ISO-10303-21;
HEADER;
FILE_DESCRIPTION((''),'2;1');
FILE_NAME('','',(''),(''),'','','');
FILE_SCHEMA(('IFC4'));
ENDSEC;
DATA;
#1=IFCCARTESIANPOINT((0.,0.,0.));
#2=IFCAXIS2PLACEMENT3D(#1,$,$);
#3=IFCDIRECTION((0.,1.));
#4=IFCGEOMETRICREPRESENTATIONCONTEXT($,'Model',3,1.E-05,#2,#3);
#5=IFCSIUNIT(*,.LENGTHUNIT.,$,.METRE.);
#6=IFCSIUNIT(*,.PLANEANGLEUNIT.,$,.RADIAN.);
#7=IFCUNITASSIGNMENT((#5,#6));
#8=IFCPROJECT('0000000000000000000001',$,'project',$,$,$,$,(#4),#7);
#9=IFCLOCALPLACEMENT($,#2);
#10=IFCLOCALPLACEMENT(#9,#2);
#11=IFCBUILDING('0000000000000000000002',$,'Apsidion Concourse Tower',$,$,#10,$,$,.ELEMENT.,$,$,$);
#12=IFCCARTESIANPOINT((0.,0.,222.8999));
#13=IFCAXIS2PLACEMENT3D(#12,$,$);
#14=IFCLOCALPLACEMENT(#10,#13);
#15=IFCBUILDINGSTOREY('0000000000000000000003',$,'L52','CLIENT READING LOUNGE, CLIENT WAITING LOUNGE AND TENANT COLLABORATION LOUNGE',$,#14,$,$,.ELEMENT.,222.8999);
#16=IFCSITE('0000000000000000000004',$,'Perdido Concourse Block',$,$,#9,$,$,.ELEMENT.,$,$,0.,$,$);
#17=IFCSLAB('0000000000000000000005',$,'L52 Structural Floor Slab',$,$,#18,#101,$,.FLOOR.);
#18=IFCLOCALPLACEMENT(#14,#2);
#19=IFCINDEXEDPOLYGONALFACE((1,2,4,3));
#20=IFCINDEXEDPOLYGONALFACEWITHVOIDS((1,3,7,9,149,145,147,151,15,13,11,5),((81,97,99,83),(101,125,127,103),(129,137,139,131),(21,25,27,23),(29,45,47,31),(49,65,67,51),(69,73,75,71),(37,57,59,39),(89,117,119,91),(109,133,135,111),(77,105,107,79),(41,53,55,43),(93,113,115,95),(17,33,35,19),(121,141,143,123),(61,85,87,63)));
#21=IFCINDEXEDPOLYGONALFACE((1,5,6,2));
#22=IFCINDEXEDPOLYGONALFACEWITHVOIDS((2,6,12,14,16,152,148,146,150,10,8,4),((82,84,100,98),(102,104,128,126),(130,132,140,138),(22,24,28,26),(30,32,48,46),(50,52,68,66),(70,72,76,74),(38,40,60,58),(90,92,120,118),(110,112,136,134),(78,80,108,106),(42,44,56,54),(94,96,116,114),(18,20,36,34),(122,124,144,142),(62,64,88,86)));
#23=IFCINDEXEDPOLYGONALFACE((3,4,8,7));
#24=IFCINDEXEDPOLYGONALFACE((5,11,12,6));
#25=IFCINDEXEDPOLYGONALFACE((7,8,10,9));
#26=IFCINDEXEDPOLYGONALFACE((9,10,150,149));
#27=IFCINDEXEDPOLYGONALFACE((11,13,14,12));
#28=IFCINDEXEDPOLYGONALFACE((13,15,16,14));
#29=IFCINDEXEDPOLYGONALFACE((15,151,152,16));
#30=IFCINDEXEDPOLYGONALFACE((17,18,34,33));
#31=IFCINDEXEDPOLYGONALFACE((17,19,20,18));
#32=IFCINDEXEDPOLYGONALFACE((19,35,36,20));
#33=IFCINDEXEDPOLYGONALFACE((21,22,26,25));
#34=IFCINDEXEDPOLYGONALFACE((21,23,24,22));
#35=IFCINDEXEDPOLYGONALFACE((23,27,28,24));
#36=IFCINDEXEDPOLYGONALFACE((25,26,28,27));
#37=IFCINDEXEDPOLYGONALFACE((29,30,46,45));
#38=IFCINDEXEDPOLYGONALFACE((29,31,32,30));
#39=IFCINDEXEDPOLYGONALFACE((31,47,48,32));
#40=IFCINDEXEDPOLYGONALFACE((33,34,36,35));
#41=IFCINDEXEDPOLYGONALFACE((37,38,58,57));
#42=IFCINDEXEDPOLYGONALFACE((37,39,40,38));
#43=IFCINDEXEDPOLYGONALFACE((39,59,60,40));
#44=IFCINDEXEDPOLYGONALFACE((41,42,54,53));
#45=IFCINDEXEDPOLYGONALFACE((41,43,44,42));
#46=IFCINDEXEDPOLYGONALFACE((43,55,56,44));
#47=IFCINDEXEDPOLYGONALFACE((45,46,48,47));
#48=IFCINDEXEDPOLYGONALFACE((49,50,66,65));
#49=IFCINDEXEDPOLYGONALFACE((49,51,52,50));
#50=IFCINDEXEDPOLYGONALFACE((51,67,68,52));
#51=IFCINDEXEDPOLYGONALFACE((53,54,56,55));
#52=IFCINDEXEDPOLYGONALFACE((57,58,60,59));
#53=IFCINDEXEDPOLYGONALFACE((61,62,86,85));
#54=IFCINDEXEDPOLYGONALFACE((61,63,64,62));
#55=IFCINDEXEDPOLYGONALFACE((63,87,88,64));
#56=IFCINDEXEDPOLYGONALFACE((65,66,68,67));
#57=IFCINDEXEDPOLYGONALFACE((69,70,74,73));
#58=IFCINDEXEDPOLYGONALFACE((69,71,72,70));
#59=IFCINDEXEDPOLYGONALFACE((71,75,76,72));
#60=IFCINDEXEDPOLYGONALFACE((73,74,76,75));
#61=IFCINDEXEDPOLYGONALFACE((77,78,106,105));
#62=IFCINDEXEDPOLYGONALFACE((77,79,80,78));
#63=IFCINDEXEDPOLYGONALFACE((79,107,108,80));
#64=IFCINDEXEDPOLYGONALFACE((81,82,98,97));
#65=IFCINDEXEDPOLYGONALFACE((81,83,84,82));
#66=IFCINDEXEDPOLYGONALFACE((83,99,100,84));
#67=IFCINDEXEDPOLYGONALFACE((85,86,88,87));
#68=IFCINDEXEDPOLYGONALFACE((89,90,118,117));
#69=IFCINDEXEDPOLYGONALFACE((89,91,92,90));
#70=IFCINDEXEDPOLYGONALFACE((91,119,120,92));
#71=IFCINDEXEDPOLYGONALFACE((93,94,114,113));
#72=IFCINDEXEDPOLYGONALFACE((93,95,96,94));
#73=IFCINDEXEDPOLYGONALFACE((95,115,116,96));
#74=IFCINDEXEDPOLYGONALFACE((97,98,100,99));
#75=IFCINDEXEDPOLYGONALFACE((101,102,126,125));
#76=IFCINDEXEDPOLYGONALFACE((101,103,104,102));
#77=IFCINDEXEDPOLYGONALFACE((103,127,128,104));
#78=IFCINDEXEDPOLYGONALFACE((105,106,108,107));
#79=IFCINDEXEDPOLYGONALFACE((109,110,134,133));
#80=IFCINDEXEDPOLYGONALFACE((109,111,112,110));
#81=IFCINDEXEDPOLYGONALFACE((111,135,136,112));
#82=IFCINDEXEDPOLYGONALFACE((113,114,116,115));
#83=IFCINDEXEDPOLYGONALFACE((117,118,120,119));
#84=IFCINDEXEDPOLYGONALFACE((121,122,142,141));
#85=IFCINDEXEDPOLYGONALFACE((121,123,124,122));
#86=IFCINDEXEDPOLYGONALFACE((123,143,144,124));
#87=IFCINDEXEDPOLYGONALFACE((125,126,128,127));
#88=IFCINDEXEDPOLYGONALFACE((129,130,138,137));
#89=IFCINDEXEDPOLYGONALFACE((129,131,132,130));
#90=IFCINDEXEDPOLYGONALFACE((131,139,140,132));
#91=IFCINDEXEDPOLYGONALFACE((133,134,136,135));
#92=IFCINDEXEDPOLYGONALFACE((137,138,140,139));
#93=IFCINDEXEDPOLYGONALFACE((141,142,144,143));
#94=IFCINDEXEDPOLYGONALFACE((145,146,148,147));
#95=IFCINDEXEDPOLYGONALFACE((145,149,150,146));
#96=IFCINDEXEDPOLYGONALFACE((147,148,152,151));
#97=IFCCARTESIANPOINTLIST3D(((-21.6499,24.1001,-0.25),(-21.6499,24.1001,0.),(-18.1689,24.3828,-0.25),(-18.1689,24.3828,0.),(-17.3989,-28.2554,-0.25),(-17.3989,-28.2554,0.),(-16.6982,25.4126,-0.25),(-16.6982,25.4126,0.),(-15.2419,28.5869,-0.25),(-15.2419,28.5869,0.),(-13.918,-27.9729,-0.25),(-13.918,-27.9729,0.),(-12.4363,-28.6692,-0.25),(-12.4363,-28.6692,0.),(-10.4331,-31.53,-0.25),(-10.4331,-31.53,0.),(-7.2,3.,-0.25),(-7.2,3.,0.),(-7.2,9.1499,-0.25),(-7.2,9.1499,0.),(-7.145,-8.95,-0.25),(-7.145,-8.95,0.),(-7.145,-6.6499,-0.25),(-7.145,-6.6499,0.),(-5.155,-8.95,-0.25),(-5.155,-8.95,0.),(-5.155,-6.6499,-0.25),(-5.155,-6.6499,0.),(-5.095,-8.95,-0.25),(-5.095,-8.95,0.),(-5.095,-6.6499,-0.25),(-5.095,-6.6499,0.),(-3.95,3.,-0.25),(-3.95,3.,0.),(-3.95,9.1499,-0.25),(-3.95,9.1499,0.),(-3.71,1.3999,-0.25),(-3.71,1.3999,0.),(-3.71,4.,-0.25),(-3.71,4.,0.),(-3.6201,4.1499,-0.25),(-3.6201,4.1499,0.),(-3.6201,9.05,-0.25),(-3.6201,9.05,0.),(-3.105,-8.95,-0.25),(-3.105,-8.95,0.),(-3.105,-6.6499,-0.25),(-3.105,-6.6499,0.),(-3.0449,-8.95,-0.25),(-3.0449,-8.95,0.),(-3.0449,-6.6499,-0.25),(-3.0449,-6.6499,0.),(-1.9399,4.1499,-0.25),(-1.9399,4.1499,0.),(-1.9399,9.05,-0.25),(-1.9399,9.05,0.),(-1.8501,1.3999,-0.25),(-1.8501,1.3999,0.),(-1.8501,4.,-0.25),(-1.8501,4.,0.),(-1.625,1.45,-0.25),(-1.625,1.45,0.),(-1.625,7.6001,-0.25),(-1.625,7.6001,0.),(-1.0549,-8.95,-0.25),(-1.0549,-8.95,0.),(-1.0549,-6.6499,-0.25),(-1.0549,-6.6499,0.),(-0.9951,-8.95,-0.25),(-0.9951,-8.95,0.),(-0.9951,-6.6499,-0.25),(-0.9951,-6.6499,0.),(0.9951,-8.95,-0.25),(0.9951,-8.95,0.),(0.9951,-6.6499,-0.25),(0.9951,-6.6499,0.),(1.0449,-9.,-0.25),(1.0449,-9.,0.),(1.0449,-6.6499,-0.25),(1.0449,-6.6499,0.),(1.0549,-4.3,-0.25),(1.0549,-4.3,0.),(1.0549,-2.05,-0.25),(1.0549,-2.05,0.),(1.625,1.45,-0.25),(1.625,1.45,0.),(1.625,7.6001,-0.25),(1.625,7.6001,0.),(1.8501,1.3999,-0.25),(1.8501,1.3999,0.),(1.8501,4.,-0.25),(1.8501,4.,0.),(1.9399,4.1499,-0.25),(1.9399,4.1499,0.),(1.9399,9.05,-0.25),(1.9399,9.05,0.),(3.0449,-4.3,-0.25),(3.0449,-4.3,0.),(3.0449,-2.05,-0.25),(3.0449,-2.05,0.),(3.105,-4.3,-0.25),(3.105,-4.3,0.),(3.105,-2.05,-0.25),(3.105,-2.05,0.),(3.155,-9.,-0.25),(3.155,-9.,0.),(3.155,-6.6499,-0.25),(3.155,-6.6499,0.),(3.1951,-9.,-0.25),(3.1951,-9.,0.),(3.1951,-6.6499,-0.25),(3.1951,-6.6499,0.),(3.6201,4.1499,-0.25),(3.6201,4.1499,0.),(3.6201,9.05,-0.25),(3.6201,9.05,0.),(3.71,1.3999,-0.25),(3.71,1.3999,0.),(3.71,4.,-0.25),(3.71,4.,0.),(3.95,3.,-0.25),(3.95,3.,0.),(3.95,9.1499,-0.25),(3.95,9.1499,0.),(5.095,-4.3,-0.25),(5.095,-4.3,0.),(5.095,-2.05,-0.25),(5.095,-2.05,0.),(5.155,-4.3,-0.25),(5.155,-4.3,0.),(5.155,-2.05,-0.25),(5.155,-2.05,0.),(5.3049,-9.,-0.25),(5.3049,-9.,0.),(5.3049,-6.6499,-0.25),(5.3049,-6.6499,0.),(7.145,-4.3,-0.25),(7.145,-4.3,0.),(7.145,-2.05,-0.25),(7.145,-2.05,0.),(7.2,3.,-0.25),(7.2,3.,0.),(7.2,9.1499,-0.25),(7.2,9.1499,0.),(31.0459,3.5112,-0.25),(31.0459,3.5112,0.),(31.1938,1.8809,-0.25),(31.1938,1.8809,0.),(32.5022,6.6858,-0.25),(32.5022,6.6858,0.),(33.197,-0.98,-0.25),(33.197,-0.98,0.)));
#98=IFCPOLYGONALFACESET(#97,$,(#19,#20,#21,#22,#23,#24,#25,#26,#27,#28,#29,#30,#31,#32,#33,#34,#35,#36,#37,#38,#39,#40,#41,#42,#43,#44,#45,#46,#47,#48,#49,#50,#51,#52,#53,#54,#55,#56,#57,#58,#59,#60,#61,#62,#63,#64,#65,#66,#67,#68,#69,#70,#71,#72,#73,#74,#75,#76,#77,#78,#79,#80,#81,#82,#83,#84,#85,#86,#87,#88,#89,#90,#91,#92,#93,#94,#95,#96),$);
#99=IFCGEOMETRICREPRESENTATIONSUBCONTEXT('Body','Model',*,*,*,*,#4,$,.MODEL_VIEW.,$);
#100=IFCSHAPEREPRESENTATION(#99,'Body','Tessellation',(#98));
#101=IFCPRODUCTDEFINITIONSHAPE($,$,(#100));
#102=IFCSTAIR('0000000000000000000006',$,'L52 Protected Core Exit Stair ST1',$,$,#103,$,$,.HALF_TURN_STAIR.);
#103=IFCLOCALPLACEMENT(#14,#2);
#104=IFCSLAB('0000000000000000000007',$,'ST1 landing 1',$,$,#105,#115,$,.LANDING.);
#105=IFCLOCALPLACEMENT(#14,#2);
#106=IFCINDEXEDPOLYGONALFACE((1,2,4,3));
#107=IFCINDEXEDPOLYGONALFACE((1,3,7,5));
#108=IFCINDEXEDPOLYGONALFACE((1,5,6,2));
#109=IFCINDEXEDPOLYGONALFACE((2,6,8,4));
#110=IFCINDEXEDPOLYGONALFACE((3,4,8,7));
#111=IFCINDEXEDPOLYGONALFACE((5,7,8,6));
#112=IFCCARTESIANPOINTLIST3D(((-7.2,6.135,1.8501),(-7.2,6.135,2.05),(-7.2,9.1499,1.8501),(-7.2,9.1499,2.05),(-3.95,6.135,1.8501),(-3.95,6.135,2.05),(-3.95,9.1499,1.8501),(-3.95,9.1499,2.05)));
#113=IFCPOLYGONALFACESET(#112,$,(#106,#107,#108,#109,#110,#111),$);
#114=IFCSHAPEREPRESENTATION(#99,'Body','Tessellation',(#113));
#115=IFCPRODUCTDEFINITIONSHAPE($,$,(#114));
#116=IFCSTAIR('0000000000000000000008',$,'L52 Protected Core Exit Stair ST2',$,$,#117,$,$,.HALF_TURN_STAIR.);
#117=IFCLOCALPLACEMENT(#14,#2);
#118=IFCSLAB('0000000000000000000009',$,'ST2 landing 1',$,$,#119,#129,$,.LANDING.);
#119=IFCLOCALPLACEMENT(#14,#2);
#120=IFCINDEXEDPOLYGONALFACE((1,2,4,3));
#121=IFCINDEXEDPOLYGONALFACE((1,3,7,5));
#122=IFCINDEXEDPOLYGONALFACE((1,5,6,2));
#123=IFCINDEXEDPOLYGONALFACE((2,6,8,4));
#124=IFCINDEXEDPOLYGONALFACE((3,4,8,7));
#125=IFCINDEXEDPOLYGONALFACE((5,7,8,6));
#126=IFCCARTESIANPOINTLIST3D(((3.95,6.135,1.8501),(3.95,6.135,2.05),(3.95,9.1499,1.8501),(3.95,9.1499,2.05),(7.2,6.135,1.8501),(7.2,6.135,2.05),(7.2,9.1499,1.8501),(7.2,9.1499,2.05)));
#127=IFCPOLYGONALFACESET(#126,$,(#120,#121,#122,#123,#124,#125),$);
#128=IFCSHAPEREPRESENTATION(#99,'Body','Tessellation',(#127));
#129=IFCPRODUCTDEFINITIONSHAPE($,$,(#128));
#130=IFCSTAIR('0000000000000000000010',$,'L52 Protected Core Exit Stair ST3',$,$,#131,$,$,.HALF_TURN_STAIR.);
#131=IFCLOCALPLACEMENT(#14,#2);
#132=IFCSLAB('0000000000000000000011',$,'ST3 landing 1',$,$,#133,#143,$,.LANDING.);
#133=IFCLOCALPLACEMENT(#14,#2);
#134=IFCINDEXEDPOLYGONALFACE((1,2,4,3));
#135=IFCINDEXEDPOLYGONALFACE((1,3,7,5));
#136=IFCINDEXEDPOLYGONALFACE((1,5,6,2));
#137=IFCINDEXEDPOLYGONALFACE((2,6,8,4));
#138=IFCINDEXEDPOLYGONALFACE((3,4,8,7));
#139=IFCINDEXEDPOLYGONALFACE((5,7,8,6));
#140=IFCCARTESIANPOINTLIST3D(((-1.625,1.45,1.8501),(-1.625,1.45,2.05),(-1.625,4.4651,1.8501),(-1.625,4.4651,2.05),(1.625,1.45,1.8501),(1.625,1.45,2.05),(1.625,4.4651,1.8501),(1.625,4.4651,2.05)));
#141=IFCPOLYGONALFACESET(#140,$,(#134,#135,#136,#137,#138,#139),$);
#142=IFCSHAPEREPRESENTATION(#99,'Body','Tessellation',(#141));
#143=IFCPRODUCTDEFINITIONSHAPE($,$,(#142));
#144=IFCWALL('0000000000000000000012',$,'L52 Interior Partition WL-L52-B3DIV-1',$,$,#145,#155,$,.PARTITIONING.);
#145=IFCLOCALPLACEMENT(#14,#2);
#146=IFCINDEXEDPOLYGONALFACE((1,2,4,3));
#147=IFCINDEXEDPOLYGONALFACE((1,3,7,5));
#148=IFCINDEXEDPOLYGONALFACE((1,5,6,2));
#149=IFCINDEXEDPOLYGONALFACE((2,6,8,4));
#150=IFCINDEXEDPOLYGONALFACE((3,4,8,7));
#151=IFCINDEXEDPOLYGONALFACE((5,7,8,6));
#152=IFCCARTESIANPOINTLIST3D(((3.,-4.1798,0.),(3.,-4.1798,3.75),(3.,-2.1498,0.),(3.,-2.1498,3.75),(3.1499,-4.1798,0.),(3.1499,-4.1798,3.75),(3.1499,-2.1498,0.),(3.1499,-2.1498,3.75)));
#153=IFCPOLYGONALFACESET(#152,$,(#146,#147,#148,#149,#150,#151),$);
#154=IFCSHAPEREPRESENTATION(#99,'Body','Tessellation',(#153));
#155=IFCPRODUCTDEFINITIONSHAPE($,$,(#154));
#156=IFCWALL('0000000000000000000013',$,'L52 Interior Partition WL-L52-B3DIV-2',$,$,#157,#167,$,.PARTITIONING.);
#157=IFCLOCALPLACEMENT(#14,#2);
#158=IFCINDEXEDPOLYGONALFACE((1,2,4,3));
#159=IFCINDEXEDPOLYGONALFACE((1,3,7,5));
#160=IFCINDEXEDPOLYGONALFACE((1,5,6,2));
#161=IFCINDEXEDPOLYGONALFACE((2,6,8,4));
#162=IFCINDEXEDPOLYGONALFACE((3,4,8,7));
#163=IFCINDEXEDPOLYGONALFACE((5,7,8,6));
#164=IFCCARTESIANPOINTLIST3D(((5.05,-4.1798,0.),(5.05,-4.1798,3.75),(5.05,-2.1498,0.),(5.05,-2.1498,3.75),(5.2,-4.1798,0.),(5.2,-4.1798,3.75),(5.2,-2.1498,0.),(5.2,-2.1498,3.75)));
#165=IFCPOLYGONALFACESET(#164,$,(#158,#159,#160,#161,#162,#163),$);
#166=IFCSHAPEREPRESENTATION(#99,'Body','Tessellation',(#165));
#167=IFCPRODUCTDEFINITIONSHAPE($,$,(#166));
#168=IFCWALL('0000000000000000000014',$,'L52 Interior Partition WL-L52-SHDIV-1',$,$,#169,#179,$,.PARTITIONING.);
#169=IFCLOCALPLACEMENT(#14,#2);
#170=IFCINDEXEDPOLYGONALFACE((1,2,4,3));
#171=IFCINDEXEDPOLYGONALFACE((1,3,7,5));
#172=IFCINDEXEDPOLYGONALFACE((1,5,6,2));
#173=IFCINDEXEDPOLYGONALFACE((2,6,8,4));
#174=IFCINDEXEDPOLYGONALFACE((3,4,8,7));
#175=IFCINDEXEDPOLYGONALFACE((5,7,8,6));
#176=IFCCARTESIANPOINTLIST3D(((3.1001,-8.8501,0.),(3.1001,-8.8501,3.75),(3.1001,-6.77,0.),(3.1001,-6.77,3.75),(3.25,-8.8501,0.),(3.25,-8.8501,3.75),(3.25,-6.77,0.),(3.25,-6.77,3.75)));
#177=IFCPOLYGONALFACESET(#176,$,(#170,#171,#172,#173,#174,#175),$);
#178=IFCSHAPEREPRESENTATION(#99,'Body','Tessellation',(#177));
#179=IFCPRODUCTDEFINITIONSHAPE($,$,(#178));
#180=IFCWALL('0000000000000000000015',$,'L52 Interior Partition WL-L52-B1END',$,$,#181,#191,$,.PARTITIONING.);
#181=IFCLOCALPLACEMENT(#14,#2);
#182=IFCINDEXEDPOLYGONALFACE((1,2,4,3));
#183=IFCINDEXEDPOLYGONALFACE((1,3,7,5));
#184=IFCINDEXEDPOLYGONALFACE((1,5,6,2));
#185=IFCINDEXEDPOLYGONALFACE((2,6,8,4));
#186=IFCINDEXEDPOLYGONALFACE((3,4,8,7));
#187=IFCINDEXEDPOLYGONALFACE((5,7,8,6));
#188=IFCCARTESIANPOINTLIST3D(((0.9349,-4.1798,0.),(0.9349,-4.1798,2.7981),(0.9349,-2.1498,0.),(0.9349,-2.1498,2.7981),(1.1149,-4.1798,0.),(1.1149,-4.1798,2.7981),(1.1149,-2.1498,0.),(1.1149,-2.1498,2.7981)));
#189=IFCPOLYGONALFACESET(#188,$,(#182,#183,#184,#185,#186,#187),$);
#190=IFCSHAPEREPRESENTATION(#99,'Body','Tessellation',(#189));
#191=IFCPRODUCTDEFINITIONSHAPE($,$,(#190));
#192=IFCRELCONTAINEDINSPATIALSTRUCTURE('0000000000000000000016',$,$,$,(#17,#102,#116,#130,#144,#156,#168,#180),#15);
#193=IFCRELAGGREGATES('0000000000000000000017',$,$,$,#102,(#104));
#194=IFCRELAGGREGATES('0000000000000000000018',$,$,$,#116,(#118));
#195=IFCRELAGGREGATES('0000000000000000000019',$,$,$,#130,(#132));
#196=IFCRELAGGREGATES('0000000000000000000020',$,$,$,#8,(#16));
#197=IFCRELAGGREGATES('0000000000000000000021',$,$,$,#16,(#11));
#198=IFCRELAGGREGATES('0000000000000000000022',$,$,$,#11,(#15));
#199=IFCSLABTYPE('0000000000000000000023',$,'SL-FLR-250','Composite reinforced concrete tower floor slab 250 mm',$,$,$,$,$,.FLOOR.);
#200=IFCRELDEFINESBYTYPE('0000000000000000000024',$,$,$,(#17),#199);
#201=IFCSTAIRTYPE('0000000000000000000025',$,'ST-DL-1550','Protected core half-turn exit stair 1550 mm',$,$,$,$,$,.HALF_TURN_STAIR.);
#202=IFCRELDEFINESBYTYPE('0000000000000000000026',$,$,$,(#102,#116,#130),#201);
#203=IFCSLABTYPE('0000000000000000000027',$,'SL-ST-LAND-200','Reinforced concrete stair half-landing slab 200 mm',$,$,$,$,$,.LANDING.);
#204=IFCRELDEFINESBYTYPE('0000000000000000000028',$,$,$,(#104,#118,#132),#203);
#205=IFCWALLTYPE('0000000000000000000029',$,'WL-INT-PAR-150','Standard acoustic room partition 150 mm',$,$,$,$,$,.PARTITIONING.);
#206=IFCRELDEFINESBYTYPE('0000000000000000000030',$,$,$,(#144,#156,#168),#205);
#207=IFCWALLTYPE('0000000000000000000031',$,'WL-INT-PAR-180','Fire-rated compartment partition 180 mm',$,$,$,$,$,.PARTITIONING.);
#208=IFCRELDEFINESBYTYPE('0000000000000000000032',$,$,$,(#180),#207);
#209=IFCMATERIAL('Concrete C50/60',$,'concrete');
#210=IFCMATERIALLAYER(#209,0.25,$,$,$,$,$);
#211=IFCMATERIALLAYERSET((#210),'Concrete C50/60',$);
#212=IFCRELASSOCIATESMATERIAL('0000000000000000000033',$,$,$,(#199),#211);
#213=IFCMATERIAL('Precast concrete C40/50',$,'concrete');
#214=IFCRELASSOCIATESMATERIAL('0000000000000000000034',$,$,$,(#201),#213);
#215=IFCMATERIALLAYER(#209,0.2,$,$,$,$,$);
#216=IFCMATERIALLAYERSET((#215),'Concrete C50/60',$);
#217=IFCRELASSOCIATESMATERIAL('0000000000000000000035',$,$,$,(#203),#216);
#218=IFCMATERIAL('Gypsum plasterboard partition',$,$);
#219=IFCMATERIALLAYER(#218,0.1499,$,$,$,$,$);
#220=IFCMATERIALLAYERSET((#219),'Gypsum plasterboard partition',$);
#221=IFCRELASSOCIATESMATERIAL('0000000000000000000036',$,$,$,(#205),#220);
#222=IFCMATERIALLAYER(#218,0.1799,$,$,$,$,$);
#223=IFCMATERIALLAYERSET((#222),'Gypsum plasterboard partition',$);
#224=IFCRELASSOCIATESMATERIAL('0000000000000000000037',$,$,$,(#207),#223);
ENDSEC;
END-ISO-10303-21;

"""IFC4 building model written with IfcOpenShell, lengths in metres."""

from ifc_helpers import new_model, si_unit, direction, frame, frame_2d, origin, place, context, subcontext, project, spatial, polyline, rectangle, outline, extrude, material, layer, layer_set, type_object, element, aggregate, save


model = new_model("IFC4")

# Units and contexts
model_context = context("Model", 3, precision=1e-05, world=origin(), true_north=direction((0.0, 1.0)))
body_context = subcontext(model_context, "Body", "Model", "MODEL_VIEW")
ifc_project = project(units=[si_unit("LENGTHUNIT", "METRE"), si_unit("PLANEANGLEUNIT", "RADIAN")], contexts=[model_context])

# Site, building, storey
site_placement = place(None, origin())
site = spatial("IfcSite", under=ifc_project, at=site_placement, Name="Perdido Concourse Block", CompositionType="ELEMENT", RefElevation=0.0)
building_placement = place(site_placement, origin())
building = spatial("IfcBuilding", under=site, at=building_placement, Name="Apsidion Concourse Tower", CompositionType="ELEMENT")
storey_placement = place(building_placement, frame((0.0, 0.0, 222.8999)))
storey = spatial("IfcBuildingStorey", under=building, at=storey_placement, Name="L52", Description="CLIENT READING LOUNGE, CLIENT WAITING LOUNGE AND TENANT COLLABORATION LOUNGE", CompositionType="ELEMENT", Elevation=222.8999)

# Shared definitions
ifc_material_1 = material(Name="Concrete C50/60", Category="concrete")

# Slab
ifc_layer_1 = layer(ifc_material_1, 0.25)
ifc_layer_set_1 = layer_set([ifc_layer_1], Name="Concrete C50/60")
slab_type_1 = type_object("IfcSlabType", Name="SL-FLR-250", Description="Composite reinforced concrete tower floor slab 250 mm", PredefinedType="FLOOR", material=ifc_layer_set_1)
slab_1_placement = place(storey_placement, frame((0.0, 0.0, -0.25)))
element("IfcSlab", 1, at=slab_1_placement, inside=storey, type_object=slab_type_1, Name="L52 Structural Floor Slab", PredefinedType="FLOOR", context=body_context, shape_type="SweptSolid", body=[
    extrude(outline(polyline([(-15.2419, 28.5869), (-16.6982, 25.4126), (-18.1689, 24.3828), (-21.6499, 24.1001), (-17.3989, -28.2554), (-13.918, -27.9729), (-12.4363, -28.6692), (-10.4331, -31.53), (33.197, -0.98), (31.1938, 1.8809), (31.0459, 3.5112), (32.5022, 6.6858), (-15.2419, 28.5869)]), holes=[polyline([(-3.95, 3.0), (-3.95, 9.1499), (-7.2, 9.1499), (-7.2, 3.0), (-3.95, 3.0)]), polyline([(7.2, 3.0), (7.2, 9.1499), (3.95, 9.1499), (3.95, 3.0), (7.2, 3.0)]), polyline([(-1.625, 7.6001), (-1.625, 1.45), (1.625, 1.45), (1.625, 7.6001), (-1.625, 7.6001)]), polyline([(1.0549, -4.3), (3.0449, -4.3), (3.0449, -2.05), (1.0549, -2.05), (1.0549, -4.3)]), polyline([(3.105, -4.3), (5.095, -4.3), (5.095, -2.05), (3.105, -2.05), (3.105, -4.3)]), polyline([(5.155, -4.3), (7.145, -4.3), (7.145, -2.05), (5.155, -2.05), (5.155, -4.3)]), polyline([(-7.145, -8.95), (-5.155, -8.95), (-5.155, -6.6499), (-7.145, -6.6499), (-7.145, -8.95)]), polyline([(-5.095, -8.95), (-3.105, -8.95), (-3.105, -6.6499), (-5.095, -6.6499), (-5.095, -8.95)]), polyline([(-3.0449, -8.95), (-1.0549, -8.95), (-1.0549, -6.6499), (-3.0449, -6.6499), (-3.0449, -8.95)]), polyline([(-0.9951, -8.95), (0.9951, -8.95), (0.9951, -6.6499), (-0.9951, -6.6499), (-0.9951, -8.95)]), polyline([(1.0449, -9.0), (3.155, -9.0), (3.155, -6.6499), (1.0449, -6.6499), (1.0449, -9.0)]), polyline([(3.1951, -9.0), (5.3049, -9.0), (5.3049, -6.6499), (3.1951, -6.6499), (3.1951, -9.0)]), polyline([(-3.71, 1.3999), (-1.8501, 1.3999), (-1.8501, 4.0), (-3.71, 4.0), (-3.71, 1.3999)]), polyline([(1.8501, 1.3999), (3.71, 1.3999), (3.71, 4.0), (1.8501, 4.0), (1.8501, 1.3999)]), polyline([(-3.6201, 4.1499), (-1.9399, 4.1499), (-1.9399, 9.05), (-3.6201, 9.05), (-3.6201, 4.1499)]), polyline([(1.9399, 4.1499), (3.6201, 4.1499), (3.6201, 9.05), (1.9399, 9.05), (1.9399, 4.1499)])]), origin(), (0.0, 0.0, 1.0), 0.25),
])

# Stairs, slabs
ifc_material_2 = material(Name="Precast concrete C40/50", Category="concrete")
stair_type = type_object("IfcStairType", Name="ST-DL-1550", Description="Protected core half-turn exit stair 1550 mm", PredefinedType="HALF_TURN_STAIR", material=ifc_material_2)
stair_1_placement = place(storey_placement, origin())
stair_1 = element("IfcStair", 2, at=stair_1_placement, inside=storey, type_object=stair_type, Name="L52 Protected Core Exit Stair ST1", PredefinedType="HALF_TURN_STAIR")
ifc_layer_2 = layer(ifc_material_1, 0.2)
ifc_layer_set_2 = layer_set([ifc_layer_2], Name="Concrete C50/60")
slab_type_2 = type_object("IfcSlabType", Name="SL-ST-LAND-200", Description="Reinforced concrete stair half-landing slab 200 mm", PredefinedType="LANDING", material=ifc_layer_set_2)
slab_2_placement = place(storey_placement, frame((0.0, 0.0, 1.8501)))
slab_2 = element("IfcSlab", 3, at=slab_2_placement, type_object=slab_type_2, Name="ST1 landing 1", PredefinedType="LANDING", context=body_context, shape_type="SweptSolid", body=[
    extrude(outline(polyline([(-3.95, 6.135), (-3.95, 9.1499), (-7.2, 9.1499), (-7.2, 6.135), (-3.95, 6.135)])), origin(), (0.0, 0.0, 1.0), 0.2),
])
aggregate(stair_1, [slab_2])
stair_2_placement = place(storey_placement, origin())
stair_2 = element("IfcStair", 4, at=stair_2_placement, inside=storey, type_object=stair_type, Name="L52 Protected Core Exit Stair ST2", PredefinedType="HALF_TURN_STAIR")
slab_3_placement = place(storey_placement, frame((0.0, 0.0, 1.8501)))
slab_3 = element("IfcSlab", 5, at=slab_3_placement, type_object=slab_type_2, Name="ST2 landing 1", PredefinedType="LANDING", context=body_context, shape_type="SweptSolid", body=[
    extrude(outline(polyline([(7.2, 6.135), (7.2, 9.1499), (3.95, 9.1499), (3.95, 6.135), (7.2, 6.135)])), origin(), (0.0, 0.0, 1.0), 0.2),
])
aggregate(stair_2, [slab_3])
stair_3_placement = place(storey_placement, origin())
stair_3 = element("IfcStair", 6, at=stair_3_placement, inside=storey, type_object=stair_type, Name="L52 Protected Core Exit Stair ST3", PredefinedType="HALF_TURN_STAIR")
slab_4_placement = place(storey_placement, frame((0.0, 0.0, 1.8501)))
slab_4 = element("IfcSlab", 7, at=slab_4_placement, type_object=slab_type_2, Name="ST3 landing 1", PredefinedType="LANDING", context=body_context, shape_type="SweptSolid", body=[
    extrude(outline(polyline([(-1.625, 4.4651), (-1.625, 1.45), (1.625, 1.45), (1.625, 4.4651), (-1.625, 4.4651)])), origin(), (0.0, 0.0, 1.0), 0.2),
])
aggregate(stair_3, [slab_4])

# Walls
ifc_material_3 = material(Name="Gypsum plasterboard partition")
ifc_layer_3 = layer(ifc_material_3, 0.1499)
ifc_layer_set_3 = layer_set([ifc_layer_3], Name="Gypsum plasterboard partition")
wall_type_1 = type_object("IfcWallType", Name="WL-INT-PAR-150", Description="Standard acoustic room partition 150 mm", PredefinedType="PARTITIONING", material=ifc_layer_set_3)
for number, where, z_axis, x_axis, name in (
    (8, (3.075, -4.1799, 0.0), (0.0, 0.0, 1.0), (0.0, 1.0, 0.0), "L52 Interior Partition WL-L52-B3DIV-1"),
    (9, (5.125, -4.1799, 0.0), (0.0, 0.0, 1.0), (0.0, 1.0, 0.0), "L52 Interior Partition WL-L52-B3DIV-2"),
):
    element("IfcWall", number, at=place(storey_placement, frame(where, z_axis=z_axis, x_axis=x_axis)), inside=storey, type_object=wall_type_1, Name=name, PredefinedType="PARTITIONING", context=body_context, shape_type="SweptSolid", body=[
        extrude(rectangle(XDim=2.03, YDim=0.1499, at=frame_2d((1.0151, 0.0))), origin(), (0.0, 0.0, 1.0), 3.75),
    ])
wall_1_placement = place(storey_placement, frame((3.175, -8.8501, 0.0), z_axis=(0.0, 0.0, 1.0), x_axis=(0.0, 1.0, 0.0)))
element("IfcWall", 10, at=wall_1_placement, inside=storey, type_object=wall_type_1, Name="L52 Interior Partition WL-L52-SHDIV-1", PredefinedType="PARTITIONING", context=body_context, shape_type="SweptSolid", body=[
    extrude(rectangle(XDim=2.0801, YDim=0.1499, at=frame_2d((1.04, 0.0))), origin(), (0.0, 0.0, 1.0), 3.75),
])
ifc_layer_4 = layer(ifc_material_3, 0.1799)
ifc_layer_set_4 = layer_set([ifc_layer_4], Name="Gypsum plasterboard partition")
wall_type_2 = type_object("IfcWallType", Name="WL-INT-PAR-180", Description="Fire-rated compartment partition 180 mm", PredefinedType="PARTITIONING", material=ifc_layer_set_4)
wall_2_placement = place(storey_placement, frame((1.0249, -4.1799, 0.0), z_axis=(0.0, 0.0, 1.0), x_axis=(0.0, 1.0, 0.0)))
element("IfcWall", 11, at=wall_2_placement, inside=storey, type_object=wall_type_2, Name="L52 Interior Partition WL-L52-B1END", PredefinedType="PARTITIONING", context=body_context, shape_type="SweptSolid", body=[
    extrude(rectangle(XDim=2.03, YDim=0.1799, at=frame_2d((1.0151, 0.0))), origin(), (0.0, 0.0, 1.0), 2.7981),
])

save(model, "model.ifc")
